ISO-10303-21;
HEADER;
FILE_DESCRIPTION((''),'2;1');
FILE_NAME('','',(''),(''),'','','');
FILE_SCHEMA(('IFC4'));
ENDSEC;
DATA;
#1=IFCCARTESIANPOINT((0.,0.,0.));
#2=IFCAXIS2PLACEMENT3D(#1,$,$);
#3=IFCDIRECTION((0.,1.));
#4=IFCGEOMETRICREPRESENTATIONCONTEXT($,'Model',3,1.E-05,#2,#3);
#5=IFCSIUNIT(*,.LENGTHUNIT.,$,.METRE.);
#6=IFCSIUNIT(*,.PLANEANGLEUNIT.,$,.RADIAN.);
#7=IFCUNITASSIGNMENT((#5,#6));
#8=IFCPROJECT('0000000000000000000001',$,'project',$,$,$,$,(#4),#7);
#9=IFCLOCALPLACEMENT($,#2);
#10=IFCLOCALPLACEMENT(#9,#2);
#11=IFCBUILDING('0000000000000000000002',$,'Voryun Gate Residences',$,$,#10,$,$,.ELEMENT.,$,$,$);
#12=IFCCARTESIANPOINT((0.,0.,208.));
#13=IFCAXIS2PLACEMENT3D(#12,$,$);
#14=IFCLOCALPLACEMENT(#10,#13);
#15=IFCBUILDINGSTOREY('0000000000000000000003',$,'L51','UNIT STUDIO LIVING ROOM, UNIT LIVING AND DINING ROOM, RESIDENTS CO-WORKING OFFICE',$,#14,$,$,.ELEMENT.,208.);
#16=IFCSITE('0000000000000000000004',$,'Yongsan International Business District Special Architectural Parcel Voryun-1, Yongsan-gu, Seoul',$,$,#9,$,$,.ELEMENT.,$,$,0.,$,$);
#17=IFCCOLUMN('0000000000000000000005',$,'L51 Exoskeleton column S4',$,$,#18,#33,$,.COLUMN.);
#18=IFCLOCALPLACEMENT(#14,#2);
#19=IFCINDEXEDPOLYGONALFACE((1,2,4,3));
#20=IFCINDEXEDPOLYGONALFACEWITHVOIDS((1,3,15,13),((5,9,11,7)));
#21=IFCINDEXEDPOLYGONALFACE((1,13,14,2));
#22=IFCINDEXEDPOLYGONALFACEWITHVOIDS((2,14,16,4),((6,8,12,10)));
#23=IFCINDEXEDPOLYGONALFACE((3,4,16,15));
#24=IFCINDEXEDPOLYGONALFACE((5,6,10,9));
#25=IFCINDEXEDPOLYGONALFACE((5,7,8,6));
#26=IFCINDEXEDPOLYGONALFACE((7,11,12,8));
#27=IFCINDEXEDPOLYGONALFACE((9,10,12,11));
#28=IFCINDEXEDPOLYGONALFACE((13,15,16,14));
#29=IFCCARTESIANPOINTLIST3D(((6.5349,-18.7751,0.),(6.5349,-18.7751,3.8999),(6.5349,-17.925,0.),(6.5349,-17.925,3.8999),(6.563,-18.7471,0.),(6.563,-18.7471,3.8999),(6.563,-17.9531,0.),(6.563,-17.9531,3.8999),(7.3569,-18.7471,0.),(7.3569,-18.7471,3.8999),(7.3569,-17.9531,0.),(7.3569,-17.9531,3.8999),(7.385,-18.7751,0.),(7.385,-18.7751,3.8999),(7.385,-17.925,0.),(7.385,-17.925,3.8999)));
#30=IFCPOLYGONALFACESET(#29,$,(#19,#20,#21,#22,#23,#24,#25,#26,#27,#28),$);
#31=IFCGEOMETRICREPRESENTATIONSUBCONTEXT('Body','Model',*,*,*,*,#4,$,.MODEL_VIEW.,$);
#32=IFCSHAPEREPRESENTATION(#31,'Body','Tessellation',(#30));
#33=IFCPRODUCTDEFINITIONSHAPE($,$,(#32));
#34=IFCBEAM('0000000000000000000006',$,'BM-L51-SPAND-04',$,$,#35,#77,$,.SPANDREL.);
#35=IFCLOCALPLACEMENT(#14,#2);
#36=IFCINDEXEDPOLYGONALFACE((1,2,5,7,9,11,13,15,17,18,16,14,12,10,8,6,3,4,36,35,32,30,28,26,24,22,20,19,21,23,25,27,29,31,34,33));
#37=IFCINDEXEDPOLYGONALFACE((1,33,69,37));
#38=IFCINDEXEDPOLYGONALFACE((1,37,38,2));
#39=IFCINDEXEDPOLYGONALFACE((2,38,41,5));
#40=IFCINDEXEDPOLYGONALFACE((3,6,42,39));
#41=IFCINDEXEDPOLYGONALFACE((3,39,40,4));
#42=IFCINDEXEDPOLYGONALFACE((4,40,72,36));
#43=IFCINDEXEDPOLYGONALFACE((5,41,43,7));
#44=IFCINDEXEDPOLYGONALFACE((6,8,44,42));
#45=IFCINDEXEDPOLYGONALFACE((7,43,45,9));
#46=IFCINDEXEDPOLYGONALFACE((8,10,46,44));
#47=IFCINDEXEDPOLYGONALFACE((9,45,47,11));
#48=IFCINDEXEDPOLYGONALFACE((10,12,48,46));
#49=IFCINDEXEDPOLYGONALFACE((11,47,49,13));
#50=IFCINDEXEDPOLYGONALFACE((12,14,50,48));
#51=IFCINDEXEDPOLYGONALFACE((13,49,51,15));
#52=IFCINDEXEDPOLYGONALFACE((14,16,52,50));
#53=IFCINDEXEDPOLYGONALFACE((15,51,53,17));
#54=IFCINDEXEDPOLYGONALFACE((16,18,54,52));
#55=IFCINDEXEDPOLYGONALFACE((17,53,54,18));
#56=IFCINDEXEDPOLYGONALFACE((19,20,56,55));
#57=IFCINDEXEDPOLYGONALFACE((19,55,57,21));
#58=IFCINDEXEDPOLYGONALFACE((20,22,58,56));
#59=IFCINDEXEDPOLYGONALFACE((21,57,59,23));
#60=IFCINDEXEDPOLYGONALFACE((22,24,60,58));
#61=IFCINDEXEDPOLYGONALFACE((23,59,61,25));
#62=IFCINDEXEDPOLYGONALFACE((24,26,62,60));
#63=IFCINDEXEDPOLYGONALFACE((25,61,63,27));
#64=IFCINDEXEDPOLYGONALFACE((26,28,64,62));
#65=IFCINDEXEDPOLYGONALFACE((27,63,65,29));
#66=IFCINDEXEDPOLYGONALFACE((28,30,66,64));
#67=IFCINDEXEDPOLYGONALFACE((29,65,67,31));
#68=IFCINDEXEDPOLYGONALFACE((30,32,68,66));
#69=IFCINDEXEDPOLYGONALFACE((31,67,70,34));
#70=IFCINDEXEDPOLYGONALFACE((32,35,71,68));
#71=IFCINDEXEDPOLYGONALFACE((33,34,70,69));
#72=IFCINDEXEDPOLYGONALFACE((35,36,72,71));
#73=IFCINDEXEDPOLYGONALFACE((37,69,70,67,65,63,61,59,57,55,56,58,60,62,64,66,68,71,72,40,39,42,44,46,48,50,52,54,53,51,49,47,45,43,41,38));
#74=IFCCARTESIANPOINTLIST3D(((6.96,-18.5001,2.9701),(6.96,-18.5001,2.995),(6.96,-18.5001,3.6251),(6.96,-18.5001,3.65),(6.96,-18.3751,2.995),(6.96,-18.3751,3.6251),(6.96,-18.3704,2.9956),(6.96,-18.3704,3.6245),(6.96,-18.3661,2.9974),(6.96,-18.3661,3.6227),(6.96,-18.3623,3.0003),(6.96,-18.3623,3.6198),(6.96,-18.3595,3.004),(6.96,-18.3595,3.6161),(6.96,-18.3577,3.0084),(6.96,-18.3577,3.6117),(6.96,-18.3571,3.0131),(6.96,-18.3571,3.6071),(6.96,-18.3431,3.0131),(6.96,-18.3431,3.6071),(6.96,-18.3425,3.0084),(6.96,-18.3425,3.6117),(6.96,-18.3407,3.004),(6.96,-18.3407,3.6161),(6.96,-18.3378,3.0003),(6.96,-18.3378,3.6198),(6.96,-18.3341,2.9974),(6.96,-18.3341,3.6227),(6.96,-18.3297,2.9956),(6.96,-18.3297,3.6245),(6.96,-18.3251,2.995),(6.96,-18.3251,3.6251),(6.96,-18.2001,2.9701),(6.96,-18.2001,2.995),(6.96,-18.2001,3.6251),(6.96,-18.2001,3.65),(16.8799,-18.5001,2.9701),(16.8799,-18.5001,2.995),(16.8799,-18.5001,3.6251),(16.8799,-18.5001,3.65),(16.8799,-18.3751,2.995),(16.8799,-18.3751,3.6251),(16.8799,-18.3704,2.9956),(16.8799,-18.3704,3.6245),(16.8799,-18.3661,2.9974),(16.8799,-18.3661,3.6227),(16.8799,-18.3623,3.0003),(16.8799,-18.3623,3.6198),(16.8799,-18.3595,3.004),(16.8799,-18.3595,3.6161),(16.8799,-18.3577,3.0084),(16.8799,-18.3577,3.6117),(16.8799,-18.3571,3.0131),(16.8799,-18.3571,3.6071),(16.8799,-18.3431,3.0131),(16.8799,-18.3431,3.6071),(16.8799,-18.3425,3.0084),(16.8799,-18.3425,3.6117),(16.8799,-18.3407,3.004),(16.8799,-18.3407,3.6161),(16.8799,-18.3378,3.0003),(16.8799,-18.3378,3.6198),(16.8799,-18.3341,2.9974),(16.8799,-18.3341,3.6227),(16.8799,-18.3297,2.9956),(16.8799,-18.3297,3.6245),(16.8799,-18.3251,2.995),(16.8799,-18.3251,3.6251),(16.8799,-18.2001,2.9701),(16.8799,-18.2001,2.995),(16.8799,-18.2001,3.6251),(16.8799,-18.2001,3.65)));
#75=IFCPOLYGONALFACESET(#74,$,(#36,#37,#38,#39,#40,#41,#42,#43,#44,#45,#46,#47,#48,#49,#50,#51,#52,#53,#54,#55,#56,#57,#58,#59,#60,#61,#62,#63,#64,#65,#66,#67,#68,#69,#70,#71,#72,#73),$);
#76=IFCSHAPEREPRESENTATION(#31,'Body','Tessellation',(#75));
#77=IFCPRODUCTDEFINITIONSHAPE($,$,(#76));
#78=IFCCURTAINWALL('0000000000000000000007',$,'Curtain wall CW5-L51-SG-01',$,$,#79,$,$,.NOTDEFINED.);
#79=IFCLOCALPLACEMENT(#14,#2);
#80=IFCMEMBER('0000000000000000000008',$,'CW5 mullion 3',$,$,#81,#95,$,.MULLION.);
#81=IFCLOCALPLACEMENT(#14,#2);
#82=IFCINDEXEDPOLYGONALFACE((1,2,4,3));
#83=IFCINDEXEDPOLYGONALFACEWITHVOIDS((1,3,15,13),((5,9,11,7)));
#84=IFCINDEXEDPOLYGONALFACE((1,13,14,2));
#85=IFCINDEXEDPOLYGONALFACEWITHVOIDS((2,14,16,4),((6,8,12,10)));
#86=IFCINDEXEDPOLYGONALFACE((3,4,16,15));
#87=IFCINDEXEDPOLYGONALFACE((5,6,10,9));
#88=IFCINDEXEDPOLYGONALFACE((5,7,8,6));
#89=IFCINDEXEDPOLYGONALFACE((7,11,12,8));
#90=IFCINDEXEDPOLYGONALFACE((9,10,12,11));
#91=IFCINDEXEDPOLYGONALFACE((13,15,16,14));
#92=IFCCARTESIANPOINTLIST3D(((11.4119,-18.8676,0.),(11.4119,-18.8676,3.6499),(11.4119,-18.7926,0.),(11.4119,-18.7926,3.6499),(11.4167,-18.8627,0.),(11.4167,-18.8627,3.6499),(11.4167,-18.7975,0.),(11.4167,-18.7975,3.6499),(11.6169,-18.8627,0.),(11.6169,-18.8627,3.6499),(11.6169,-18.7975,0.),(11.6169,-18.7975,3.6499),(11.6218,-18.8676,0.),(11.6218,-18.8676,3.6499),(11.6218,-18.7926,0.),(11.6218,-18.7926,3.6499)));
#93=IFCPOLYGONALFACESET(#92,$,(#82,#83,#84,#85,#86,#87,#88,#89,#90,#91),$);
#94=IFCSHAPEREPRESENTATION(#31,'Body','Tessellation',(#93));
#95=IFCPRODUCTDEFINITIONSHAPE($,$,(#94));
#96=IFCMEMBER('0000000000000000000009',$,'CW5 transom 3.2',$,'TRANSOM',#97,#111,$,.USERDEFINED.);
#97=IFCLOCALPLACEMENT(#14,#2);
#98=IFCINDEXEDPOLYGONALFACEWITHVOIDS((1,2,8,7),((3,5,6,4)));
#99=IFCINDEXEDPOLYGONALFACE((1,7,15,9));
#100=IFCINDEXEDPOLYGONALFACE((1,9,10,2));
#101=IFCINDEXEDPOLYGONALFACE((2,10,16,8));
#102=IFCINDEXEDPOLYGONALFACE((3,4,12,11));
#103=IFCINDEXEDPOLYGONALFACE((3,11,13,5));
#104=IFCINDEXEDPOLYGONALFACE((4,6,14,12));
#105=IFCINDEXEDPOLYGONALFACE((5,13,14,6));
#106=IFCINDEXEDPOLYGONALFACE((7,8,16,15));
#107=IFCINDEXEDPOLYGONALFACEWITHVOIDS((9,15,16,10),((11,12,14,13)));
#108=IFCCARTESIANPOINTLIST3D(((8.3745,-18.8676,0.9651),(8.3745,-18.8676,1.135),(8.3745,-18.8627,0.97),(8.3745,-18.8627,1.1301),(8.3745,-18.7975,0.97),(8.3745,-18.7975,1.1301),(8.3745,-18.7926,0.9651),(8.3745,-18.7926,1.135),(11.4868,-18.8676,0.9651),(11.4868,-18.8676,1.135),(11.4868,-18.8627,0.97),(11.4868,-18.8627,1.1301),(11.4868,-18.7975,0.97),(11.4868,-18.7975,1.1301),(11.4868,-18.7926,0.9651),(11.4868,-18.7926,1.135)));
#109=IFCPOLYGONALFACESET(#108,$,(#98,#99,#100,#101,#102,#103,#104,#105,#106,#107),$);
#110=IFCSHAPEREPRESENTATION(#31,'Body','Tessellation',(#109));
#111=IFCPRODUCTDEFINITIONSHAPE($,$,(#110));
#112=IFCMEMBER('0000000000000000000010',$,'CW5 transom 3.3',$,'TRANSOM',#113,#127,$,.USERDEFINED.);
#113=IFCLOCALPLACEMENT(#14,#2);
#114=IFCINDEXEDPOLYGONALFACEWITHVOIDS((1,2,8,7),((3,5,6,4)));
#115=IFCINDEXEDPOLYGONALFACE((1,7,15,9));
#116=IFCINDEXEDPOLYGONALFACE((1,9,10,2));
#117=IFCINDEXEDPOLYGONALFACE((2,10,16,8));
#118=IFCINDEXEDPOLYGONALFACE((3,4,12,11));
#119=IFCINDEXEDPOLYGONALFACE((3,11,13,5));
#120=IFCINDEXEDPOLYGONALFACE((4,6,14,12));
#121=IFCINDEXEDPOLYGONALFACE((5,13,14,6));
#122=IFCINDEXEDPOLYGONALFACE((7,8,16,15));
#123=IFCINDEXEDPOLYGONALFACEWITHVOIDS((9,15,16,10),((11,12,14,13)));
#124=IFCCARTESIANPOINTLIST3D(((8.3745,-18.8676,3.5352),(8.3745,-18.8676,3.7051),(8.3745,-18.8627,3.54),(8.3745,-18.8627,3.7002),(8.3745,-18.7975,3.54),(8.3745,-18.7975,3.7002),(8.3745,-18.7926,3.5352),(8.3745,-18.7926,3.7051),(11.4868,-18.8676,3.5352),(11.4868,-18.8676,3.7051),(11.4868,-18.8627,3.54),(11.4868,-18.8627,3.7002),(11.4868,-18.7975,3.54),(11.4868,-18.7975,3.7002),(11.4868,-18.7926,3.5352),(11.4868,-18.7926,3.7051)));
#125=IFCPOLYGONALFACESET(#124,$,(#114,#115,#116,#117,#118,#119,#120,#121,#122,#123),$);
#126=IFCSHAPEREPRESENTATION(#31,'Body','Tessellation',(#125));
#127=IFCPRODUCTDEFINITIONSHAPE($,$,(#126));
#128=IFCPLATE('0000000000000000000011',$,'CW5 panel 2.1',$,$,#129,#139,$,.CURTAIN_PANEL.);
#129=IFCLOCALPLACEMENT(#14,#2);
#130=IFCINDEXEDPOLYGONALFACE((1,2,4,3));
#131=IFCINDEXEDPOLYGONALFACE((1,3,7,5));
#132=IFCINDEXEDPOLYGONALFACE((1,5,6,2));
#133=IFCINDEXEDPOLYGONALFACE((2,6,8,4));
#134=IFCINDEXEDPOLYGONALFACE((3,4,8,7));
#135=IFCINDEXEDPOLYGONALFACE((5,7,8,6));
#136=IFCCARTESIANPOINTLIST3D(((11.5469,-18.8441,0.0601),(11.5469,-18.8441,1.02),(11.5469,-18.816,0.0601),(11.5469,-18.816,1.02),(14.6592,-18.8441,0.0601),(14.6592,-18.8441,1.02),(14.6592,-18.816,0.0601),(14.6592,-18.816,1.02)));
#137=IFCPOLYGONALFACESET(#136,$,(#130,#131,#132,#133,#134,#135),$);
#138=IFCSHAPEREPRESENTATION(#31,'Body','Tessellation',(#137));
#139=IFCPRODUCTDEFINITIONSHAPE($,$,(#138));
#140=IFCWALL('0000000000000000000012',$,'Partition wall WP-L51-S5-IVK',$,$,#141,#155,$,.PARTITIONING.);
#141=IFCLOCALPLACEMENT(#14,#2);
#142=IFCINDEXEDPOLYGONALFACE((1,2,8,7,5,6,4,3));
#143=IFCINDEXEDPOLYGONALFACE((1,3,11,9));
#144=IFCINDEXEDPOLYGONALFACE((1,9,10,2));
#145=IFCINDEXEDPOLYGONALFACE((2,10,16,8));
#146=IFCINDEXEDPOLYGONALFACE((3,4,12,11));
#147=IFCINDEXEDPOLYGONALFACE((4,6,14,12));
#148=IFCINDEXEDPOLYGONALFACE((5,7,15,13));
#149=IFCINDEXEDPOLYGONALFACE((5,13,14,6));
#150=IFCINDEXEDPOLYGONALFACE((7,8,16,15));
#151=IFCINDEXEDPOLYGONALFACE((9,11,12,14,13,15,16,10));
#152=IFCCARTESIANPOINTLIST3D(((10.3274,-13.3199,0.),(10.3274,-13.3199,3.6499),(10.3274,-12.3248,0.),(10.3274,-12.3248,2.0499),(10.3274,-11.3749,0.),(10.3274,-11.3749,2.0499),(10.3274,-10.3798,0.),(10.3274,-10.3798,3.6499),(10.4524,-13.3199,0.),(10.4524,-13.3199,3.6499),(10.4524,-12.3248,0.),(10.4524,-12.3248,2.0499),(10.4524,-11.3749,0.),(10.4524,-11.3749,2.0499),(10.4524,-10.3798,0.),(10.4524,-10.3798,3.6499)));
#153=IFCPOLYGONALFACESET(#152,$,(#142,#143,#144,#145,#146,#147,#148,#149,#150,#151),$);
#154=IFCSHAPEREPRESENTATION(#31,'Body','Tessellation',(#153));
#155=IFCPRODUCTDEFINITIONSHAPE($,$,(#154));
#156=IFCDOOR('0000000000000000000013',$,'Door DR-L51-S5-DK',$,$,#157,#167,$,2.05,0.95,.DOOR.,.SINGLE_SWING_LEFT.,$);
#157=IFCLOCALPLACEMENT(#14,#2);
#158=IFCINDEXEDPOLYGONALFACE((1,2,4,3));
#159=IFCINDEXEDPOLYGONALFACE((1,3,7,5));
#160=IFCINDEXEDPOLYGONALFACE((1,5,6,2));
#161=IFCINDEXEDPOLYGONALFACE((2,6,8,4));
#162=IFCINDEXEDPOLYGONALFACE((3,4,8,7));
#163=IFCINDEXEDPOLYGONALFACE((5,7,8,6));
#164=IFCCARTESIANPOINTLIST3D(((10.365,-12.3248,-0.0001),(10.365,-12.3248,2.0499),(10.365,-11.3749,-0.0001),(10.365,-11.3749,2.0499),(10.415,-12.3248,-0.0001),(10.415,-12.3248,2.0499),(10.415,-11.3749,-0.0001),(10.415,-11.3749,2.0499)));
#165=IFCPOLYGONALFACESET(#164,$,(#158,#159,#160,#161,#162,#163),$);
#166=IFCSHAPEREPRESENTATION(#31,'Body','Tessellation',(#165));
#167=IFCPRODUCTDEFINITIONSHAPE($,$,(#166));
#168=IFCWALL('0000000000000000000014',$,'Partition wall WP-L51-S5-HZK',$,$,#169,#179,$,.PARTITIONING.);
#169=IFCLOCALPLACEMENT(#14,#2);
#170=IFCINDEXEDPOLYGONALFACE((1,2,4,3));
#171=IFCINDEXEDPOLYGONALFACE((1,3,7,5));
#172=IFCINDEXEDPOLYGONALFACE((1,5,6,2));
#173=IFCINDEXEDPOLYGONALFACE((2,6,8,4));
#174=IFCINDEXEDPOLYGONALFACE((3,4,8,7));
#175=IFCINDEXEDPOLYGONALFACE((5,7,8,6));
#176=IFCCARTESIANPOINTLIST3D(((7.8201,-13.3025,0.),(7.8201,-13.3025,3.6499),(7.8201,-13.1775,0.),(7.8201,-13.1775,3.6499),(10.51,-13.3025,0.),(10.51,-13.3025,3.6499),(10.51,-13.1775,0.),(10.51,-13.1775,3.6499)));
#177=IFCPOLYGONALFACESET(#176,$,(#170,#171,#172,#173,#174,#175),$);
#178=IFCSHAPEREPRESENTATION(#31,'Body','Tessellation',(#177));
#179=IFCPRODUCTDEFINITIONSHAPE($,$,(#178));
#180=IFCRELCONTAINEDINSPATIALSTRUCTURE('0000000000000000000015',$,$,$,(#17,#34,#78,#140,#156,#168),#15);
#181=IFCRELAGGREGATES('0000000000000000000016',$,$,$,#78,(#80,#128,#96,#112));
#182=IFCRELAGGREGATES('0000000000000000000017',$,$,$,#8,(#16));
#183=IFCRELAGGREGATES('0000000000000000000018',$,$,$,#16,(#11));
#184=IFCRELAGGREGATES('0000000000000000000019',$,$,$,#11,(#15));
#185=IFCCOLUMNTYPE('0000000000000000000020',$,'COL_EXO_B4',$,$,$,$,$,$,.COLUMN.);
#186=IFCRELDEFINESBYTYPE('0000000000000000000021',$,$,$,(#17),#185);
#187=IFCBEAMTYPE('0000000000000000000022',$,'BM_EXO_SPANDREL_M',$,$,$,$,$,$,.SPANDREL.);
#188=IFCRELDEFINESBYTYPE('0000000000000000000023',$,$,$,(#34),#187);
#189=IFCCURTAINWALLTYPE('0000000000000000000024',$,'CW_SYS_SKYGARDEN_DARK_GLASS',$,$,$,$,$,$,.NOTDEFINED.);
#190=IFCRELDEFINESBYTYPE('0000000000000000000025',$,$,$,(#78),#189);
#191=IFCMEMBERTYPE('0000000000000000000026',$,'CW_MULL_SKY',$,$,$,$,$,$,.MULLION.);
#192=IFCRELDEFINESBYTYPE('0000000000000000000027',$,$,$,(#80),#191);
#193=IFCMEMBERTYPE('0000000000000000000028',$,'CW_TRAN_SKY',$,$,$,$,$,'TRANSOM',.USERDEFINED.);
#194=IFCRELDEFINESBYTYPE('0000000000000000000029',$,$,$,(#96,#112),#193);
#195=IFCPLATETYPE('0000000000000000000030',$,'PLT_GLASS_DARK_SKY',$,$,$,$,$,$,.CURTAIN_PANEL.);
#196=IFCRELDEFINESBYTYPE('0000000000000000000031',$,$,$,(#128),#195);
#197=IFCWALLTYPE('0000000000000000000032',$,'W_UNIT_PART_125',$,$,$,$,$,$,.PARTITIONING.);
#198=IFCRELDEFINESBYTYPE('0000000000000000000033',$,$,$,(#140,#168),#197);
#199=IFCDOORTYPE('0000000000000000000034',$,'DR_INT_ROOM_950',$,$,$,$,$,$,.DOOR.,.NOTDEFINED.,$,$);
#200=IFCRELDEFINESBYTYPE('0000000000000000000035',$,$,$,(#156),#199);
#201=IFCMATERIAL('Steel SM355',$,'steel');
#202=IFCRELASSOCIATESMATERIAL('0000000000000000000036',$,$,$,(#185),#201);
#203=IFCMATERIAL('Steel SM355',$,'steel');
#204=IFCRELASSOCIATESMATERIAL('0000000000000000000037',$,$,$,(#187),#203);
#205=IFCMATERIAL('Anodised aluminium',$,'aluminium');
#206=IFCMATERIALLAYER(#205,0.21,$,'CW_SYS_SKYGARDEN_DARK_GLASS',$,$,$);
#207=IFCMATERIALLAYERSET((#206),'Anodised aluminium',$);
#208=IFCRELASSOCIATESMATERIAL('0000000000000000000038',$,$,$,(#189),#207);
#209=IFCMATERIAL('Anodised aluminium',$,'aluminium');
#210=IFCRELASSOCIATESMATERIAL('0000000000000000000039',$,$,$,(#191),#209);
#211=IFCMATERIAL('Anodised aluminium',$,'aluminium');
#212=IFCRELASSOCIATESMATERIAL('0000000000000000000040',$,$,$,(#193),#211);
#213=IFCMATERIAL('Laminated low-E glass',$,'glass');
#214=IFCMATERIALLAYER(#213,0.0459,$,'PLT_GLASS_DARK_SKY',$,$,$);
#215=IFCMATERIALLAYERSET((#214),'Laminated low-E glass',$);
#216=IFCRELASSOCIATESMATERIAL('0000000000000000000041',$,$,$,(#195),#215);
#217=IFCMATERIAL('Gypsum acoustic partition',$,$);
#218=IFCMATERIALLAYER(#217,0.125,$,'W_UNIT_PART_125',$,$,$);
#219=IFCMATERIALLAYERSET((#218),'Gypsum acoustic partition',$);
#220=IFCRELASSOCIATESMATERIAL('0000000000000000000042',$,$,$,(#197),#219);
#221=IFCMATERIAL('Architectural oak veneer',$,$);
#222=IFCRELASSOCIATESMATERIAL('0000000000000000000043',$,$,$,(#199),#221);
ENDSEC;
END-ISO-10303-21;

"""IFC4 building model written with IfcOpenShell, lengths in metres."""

from ifc_helpers import new_model, si_unit, direction, frame, frame_2d, origin, origin_2d, place, context, subcontext, project, spatial, rectangle, hollow_rectangle, i_section, extrude, material, layer, layer_set, material_profile, profile_set, type_object, element, fill, aggregate, save


model = new_model("IFC4")

# Units and contexts
model_context = context("Model", 3, precision=1e-05, world=origin(), true_north=direction((0.0, 1.0)))
body_context = subcontext(model_context, "Body", "Model", "MODEL_VIEW")
ifc_project = project(units=[si_unit("LENGTHUNIT", "METRE"), si_unit("PLANEANGLEUNIT", "RADIAN")], contexts=[model_context])

# Site, building, storey
site_placement = place(None, origin())
site = spatial("IfcSite", under=ifc_project, at=site_placement, Name="Yongsan International Business District Special Architectural Parcel Voryun-1, Yongsan-gu, Seoul", CompositionType="ELEMENT", RefElevation=0.0)
building_placement = place(site_placement, origin())
building = spatial("IfcBuilding", under=site, at=building_placement, Name="Voryun Gate Residences", CompositionType="ELEMENT")
storey_placement = place(building_placement, frame((0.0, 0.0, 208.0)))
storey = spatial("IfcBuildingStorey", under=building, at=storey_placement, Name="L51", Description="UNIT STUDIO LIVING ROOM, UNIT LIVING AND DINING ROOM, RESIDENTS CO-WORKING OFFICE", CompositionType="ELEMENT", Elevation=208.0)

# Column
ifc_material_1 = material(Name="Steel SM355", Category="steel")
ifc_material_profile_1 = material_profile(ifc_material_1, hollow_rectangle(XDim=0.8501, YDim=0.8501, WallThickness=0.0281, at=origin_2d()), Name="BOX-850x850x28")
ifc_profile_set_1 = profile_set([ifc_material_profile_1], Name="Steel SM355")
column_type = type_object("IfcColumnType", Name="COL_EXO_B4", PredefinedType="COLUMN", material=ifc_profile_set_1)
column_placement = place(storey_placement, frame((6.96, -18.3501, 0.0), z_axis=(0.0, 0.0, 1.0), x_axis=(1.0, 0.0, 0.0)))
element("IfcColumn", 1, at=column_placement, inside=storey, type_object=column_type, Name="L51 Exoskeleton column S4", PredefinedType="COLUMN", context=body_context, shape_type="SweptSolid", body=[
    extrude(hollow_rectangle(XDim=0.8501, YDim=0.8501, WallThickness=0.0281, at=origin_2d()), origin(), (0.0, 0.0, 1.0), 3.8999),
])

# Beam
ifc_material_2 = material(Name="Steel SM355", Category="steel")
ifc_material_profile_2 = material_profile(ifc_material_2, i_section(OverallWidth=0.3, OverallDepth=0.6799, WebThickness=0.0139, FlangeThickness=0.0249, FilletRadius=0.0181, at=origin_2d()), Name="H-680x300x14x25")
ifc_profile_set_2 = profile_set([ifc_material_profile_2], Name="Steel SM355")
beam_type = type_object("IfcBeamType", Name="BM_EXO_SPANDREL_M", PredefinedType="SPANDREL", material=ifc_profile_set_2)
beam_placement = place(storey_placement, frame((6.96, -18.3501, 3.3101), z_axis=(1.0, 0.0, 0.0), x_axis=(0.0, 1.0, 0.0)))
element("IfcBeam", 2, at=beam_placement, inside=storey, type_object=beam_type, Name="BM-L51-SPAND-04", PredefinedType="SPANDREL", context=body_context, shape_type="SweptSolid", body=[
    extrude(i_section(OverallWidth=0.3, OverallDepth=0.6799, WebThickness=0.0139, FlangeThickness=0.0249, FilletRadius=0.0181, at=origin_2d()), origin(), (0.0, 0.0, 1.0), 9.9199),
])

# Curtain wall, members, plate
ifc_material_3 = material(Name="Anodised aluminium", Category="aluminium")
ifc_layer_1 = layer(ifc_material_3, 0.21, Name="CW_SYS_SKYGARDEN_DARK_GLASS")
ifc_layer_set_1 = layer_set([ifc_layer_1], Name="Anodised aluminium")
curtain_wall_type = type_object("IfcCurtainWallType", Name="CW_SYS_SKYGARDEN_DARK_GLASS", PredefinedType="NOTDEFINED", material=ifc_layer_set_1)
curtain_wall_placement = place(storey_placement, origin())
curtain_wall = element("IfcCurtainWall", 3, at=curtain_wall_placement, inside=storey, type_object=curtain_wall_type, Name="Curtain wall CW5-L51-SG-01", PredefinedType="NOTDEFINED")
ifc_material_4 = material(Name="Anodised aluminium", Category="aluminium")
ifc_material_profile_3 = material_profile(ifc_material_4, hollow_rectangle(XDim=0.075, YDim=0.21, WallThickness=0.0049, at=origin_2d()), Name="ALU-MULL-210x75x5")
ifc_profile_set_3 = profile_set([ifc_material_profile_3], Name="Anodised aluminium")
member_type_1 = type_object("IfcMemberType", Name="CW_MULL_SKY", PredefinedType="MULLION", material=ifc_profile_set_3)
member_1_placement = place(storey_placement, frame((11.5168, -18.8301, 0.0), z_axis=(0.0, 0.0, 1.0), x_axis=(0.0, -1.0, 0.0)))
member_1 = element("IfcMember", 4, at=member_1_placement, type_object=member_type_1, Name="CW5 mullion 3", PredefinedType="MULLION", context=body_context, shape_type="SweptSolid", body=[
    extrude(hollow_rectangle(XDim=0.075, YDim=0.21, WallThickness=0.0049, at=origin_2d()), origin(), (0.0, 0.0, 1.0), 3.6499),
])
ifc_material_5 = material(Name="Anodised aluminium", Category="aluminium")
ifc_material_profile_4 = material_profile(ifc_material_5, hollow_rectangle(XDim=0.075, YDim=0.1699, WallThickness=0.0049, at=origin_2d()), Name="ALU-TRAN-170x75x5")
ifc_profile_set_4 = profile_set([ifc_material_profile_4], Name="Anodised aluminium")
member_type_2 = type_object("IfcMemberType", Name="CW_TRAN_SKY", ElementType="TRANSOM", PredefinedType="USERDEFINED", material=ifc_profile_set_4)
member_2_placement = place(storey_placement, frame((11.4868, -18.8301, 1.05), z_axis=(-1.0, 0.0, 0.0), x_axis=(0.0, -1.0, 0.0)))
member_2 = element("IfcMember", 5, at=member_2_placement, type_object=member_type_2, Name="CW5 transom 3.2", ObjectType="TRANSOM", PredefinedType="USERDEFINED", context=body_context, shape_type="SweptSolid", body=[
    extrude(hollow_rectangle(XDim=0.075, YDim=0.1699, WallThickness=0.0049, at=origin_2d()), origin(), (0.0, 0.0, 1.0), 3.1123),
])
member_3_placement = place(storey_placement, frame((11.4868, -18.8301, 3.6201), z_axis=(-1.0, 0.0, 0.0), x_axis=(0.0, -1.0, 0.0)))
member_3 = element("IfcMember", 6, at=member_3_placement, type_object=member_type_2, Name="CW5 transom 3.3", ObjectType="TRANSOM", PredefinedType="USERDEFINED", context=body_context, shape_type="SweptSolid", body=[
    extrude(hollow_rectangle(XDim=0.075, YDim=0.1699, WallThickness=0.0049, at=origin_2d()), origin(), (0.0, 0.0, 1.0), 3.1123),
])
ifc_material_6 = material(Name="Laminated low-E glass", Category="glass")
ifc_layer_2 = layer(ifc_material_6, 0.0459, Name="PLT_GLASS_DARK_SKY")
ifc_layer_set_2 = layer_set([ifc_layer_2], Name="Laminated low-E glass")
plate_type = type_object("IfcPlateType", Name="PLT_GLASS_DARK_SKY", PredefinedType="CURTAIN_PANEL", material=ifc_layer_set_2)
plate_placement = place(storey_placement, frame((13.103, -18.8301, 0.0601), z_axis=(0.0, 0.0, 1.0), x_axis=(-1.0, 0.0, 0.0)))
plate = element("IfcPlate", 7, at=plate_placement, type_object=plate_type, Name="CW5 panel 2.1", PredefinedType="CURTAIN_PANEL", context=body_context, shape_type="SweptSolid", body=[
    extrude(rectangle(XDim=3.1123, YDim=0.0281, at=origin_2d()), origin(), (0.0, 0.0, 1.0), 0.96),
])
aggregate(curtain_wall, [member_1, plate, member_2, member_3])

# Wall, opening, door
ifc_material_7 = material(Name="Gypsum acoustic partition")
ifc_layer_3 = layer(ifc_material_7, 0.125, Name="W_UNIT_PART_125")
ifc_layer_set_3 = layer_set([ifc_layer_3], Name="Gypsum acoustic partition")
wall_type_1 = type_object("IfcWallType", Name="W_UNIT_PART_125", PredefinedType="PARTITIONING", material=ifc_layer_set_3)
wall_1_placement = place(storey_placement, frame((10.3899, -13.3201, 0.0), z_axis=(0.0, 0.0, 1.0), x_axis=(0.0, 1.0, 0.0)))
wall_1 = element("IfcWall", 8, at=wall_1_placement, inside=storey, type_object=wall_type_1, Name="Partition wall WP-L51-S5-IVK", PredefinedType="PARTITIONING", context=body_context, shape_type="SweptSolid", body=[
    extrude(rectangle(XDim=2.9402, YDim=0.125, at=frame_2d((1.4702, 0.0))), origin(), (0.0, 0.0, 1.0), 3.6499),
])
opening_1_placement = place(wall_1_placement, frame((0.9951, 0.0, 0.0)))
opening_1 = element("IfcOpeningElement", 9, at=opening_1_placement, cuts=wall_1, PredefinedType="OPENING", context=body_context, shape_type="SweptSolid", body=[
    extrude(rectangle(XDim=0.95, YDim=2.05, at=frame_2d((0.4751, 1.0249))), frame((0.0, 0.0725, 0.0), z_axis=(0.0, -1.0, 0.0), x_axis=(1.0, 0.0, 0.0)), (0.0, 0.0, 1.0), 0.145),
])
ifc_material_8 = material(Name="Architectural oak veneer")
door_type_1 = type_object("IfcDoorType", Name="DR_INT_ROOM_950", OperationType="NOTDEFINED", PredefinedType="DOOR", material=ifc_material_8)
door_1_placement = place(opening_1_placement, origin())
door_1 = element("IfcDoor", 10, at=door_1_placement, inside=storey, type_object=door_type_1, Name="Door DR-L51-S5-DK", OperationType="SINGLE_SWING_LEFT", OverallHeight=2.05, OverallWidth=0.95, PredefinedType="DOOR", context=body_context, shape_type="SweptSolid", body=[
    extrude(rectangle(XDim=0.95, YDim=2.05, at=frame_2d((0.4751, 1.0249))), frame((0.0, 0.0249, 0.0), z_axis=(0.0, -1.0, 0.0), x_axis=(1.0, 0.0, 0.0)), (0.0, 0.0, 1.0), 0.05),
])
fill(opening_1, door_1)

# Wall
wall_2_placement = place(storey_placement, frame((7.8201, -13.24, 0.0), z_axis=(0.0, 0.0, 1.0), x_axis=(1.0, 0.0, 0.0)))
element("IfcWall", 11, at=wall_2_placement, inside=storey, type_object=wall_type_1, Name="Partition wall WP-L51-S5-HZK", PredefinedType="PARTITIONING", context=body_context, shape_type="SweptSolid", body=[
    extrude(rectangle(XDim=2.6899, YDim=0.125, at=frame_2d((1.345, 0.0))), origin(), (0.0, 0.0, 1.0), 3.6499),
])

save(model, "model.ifc")
